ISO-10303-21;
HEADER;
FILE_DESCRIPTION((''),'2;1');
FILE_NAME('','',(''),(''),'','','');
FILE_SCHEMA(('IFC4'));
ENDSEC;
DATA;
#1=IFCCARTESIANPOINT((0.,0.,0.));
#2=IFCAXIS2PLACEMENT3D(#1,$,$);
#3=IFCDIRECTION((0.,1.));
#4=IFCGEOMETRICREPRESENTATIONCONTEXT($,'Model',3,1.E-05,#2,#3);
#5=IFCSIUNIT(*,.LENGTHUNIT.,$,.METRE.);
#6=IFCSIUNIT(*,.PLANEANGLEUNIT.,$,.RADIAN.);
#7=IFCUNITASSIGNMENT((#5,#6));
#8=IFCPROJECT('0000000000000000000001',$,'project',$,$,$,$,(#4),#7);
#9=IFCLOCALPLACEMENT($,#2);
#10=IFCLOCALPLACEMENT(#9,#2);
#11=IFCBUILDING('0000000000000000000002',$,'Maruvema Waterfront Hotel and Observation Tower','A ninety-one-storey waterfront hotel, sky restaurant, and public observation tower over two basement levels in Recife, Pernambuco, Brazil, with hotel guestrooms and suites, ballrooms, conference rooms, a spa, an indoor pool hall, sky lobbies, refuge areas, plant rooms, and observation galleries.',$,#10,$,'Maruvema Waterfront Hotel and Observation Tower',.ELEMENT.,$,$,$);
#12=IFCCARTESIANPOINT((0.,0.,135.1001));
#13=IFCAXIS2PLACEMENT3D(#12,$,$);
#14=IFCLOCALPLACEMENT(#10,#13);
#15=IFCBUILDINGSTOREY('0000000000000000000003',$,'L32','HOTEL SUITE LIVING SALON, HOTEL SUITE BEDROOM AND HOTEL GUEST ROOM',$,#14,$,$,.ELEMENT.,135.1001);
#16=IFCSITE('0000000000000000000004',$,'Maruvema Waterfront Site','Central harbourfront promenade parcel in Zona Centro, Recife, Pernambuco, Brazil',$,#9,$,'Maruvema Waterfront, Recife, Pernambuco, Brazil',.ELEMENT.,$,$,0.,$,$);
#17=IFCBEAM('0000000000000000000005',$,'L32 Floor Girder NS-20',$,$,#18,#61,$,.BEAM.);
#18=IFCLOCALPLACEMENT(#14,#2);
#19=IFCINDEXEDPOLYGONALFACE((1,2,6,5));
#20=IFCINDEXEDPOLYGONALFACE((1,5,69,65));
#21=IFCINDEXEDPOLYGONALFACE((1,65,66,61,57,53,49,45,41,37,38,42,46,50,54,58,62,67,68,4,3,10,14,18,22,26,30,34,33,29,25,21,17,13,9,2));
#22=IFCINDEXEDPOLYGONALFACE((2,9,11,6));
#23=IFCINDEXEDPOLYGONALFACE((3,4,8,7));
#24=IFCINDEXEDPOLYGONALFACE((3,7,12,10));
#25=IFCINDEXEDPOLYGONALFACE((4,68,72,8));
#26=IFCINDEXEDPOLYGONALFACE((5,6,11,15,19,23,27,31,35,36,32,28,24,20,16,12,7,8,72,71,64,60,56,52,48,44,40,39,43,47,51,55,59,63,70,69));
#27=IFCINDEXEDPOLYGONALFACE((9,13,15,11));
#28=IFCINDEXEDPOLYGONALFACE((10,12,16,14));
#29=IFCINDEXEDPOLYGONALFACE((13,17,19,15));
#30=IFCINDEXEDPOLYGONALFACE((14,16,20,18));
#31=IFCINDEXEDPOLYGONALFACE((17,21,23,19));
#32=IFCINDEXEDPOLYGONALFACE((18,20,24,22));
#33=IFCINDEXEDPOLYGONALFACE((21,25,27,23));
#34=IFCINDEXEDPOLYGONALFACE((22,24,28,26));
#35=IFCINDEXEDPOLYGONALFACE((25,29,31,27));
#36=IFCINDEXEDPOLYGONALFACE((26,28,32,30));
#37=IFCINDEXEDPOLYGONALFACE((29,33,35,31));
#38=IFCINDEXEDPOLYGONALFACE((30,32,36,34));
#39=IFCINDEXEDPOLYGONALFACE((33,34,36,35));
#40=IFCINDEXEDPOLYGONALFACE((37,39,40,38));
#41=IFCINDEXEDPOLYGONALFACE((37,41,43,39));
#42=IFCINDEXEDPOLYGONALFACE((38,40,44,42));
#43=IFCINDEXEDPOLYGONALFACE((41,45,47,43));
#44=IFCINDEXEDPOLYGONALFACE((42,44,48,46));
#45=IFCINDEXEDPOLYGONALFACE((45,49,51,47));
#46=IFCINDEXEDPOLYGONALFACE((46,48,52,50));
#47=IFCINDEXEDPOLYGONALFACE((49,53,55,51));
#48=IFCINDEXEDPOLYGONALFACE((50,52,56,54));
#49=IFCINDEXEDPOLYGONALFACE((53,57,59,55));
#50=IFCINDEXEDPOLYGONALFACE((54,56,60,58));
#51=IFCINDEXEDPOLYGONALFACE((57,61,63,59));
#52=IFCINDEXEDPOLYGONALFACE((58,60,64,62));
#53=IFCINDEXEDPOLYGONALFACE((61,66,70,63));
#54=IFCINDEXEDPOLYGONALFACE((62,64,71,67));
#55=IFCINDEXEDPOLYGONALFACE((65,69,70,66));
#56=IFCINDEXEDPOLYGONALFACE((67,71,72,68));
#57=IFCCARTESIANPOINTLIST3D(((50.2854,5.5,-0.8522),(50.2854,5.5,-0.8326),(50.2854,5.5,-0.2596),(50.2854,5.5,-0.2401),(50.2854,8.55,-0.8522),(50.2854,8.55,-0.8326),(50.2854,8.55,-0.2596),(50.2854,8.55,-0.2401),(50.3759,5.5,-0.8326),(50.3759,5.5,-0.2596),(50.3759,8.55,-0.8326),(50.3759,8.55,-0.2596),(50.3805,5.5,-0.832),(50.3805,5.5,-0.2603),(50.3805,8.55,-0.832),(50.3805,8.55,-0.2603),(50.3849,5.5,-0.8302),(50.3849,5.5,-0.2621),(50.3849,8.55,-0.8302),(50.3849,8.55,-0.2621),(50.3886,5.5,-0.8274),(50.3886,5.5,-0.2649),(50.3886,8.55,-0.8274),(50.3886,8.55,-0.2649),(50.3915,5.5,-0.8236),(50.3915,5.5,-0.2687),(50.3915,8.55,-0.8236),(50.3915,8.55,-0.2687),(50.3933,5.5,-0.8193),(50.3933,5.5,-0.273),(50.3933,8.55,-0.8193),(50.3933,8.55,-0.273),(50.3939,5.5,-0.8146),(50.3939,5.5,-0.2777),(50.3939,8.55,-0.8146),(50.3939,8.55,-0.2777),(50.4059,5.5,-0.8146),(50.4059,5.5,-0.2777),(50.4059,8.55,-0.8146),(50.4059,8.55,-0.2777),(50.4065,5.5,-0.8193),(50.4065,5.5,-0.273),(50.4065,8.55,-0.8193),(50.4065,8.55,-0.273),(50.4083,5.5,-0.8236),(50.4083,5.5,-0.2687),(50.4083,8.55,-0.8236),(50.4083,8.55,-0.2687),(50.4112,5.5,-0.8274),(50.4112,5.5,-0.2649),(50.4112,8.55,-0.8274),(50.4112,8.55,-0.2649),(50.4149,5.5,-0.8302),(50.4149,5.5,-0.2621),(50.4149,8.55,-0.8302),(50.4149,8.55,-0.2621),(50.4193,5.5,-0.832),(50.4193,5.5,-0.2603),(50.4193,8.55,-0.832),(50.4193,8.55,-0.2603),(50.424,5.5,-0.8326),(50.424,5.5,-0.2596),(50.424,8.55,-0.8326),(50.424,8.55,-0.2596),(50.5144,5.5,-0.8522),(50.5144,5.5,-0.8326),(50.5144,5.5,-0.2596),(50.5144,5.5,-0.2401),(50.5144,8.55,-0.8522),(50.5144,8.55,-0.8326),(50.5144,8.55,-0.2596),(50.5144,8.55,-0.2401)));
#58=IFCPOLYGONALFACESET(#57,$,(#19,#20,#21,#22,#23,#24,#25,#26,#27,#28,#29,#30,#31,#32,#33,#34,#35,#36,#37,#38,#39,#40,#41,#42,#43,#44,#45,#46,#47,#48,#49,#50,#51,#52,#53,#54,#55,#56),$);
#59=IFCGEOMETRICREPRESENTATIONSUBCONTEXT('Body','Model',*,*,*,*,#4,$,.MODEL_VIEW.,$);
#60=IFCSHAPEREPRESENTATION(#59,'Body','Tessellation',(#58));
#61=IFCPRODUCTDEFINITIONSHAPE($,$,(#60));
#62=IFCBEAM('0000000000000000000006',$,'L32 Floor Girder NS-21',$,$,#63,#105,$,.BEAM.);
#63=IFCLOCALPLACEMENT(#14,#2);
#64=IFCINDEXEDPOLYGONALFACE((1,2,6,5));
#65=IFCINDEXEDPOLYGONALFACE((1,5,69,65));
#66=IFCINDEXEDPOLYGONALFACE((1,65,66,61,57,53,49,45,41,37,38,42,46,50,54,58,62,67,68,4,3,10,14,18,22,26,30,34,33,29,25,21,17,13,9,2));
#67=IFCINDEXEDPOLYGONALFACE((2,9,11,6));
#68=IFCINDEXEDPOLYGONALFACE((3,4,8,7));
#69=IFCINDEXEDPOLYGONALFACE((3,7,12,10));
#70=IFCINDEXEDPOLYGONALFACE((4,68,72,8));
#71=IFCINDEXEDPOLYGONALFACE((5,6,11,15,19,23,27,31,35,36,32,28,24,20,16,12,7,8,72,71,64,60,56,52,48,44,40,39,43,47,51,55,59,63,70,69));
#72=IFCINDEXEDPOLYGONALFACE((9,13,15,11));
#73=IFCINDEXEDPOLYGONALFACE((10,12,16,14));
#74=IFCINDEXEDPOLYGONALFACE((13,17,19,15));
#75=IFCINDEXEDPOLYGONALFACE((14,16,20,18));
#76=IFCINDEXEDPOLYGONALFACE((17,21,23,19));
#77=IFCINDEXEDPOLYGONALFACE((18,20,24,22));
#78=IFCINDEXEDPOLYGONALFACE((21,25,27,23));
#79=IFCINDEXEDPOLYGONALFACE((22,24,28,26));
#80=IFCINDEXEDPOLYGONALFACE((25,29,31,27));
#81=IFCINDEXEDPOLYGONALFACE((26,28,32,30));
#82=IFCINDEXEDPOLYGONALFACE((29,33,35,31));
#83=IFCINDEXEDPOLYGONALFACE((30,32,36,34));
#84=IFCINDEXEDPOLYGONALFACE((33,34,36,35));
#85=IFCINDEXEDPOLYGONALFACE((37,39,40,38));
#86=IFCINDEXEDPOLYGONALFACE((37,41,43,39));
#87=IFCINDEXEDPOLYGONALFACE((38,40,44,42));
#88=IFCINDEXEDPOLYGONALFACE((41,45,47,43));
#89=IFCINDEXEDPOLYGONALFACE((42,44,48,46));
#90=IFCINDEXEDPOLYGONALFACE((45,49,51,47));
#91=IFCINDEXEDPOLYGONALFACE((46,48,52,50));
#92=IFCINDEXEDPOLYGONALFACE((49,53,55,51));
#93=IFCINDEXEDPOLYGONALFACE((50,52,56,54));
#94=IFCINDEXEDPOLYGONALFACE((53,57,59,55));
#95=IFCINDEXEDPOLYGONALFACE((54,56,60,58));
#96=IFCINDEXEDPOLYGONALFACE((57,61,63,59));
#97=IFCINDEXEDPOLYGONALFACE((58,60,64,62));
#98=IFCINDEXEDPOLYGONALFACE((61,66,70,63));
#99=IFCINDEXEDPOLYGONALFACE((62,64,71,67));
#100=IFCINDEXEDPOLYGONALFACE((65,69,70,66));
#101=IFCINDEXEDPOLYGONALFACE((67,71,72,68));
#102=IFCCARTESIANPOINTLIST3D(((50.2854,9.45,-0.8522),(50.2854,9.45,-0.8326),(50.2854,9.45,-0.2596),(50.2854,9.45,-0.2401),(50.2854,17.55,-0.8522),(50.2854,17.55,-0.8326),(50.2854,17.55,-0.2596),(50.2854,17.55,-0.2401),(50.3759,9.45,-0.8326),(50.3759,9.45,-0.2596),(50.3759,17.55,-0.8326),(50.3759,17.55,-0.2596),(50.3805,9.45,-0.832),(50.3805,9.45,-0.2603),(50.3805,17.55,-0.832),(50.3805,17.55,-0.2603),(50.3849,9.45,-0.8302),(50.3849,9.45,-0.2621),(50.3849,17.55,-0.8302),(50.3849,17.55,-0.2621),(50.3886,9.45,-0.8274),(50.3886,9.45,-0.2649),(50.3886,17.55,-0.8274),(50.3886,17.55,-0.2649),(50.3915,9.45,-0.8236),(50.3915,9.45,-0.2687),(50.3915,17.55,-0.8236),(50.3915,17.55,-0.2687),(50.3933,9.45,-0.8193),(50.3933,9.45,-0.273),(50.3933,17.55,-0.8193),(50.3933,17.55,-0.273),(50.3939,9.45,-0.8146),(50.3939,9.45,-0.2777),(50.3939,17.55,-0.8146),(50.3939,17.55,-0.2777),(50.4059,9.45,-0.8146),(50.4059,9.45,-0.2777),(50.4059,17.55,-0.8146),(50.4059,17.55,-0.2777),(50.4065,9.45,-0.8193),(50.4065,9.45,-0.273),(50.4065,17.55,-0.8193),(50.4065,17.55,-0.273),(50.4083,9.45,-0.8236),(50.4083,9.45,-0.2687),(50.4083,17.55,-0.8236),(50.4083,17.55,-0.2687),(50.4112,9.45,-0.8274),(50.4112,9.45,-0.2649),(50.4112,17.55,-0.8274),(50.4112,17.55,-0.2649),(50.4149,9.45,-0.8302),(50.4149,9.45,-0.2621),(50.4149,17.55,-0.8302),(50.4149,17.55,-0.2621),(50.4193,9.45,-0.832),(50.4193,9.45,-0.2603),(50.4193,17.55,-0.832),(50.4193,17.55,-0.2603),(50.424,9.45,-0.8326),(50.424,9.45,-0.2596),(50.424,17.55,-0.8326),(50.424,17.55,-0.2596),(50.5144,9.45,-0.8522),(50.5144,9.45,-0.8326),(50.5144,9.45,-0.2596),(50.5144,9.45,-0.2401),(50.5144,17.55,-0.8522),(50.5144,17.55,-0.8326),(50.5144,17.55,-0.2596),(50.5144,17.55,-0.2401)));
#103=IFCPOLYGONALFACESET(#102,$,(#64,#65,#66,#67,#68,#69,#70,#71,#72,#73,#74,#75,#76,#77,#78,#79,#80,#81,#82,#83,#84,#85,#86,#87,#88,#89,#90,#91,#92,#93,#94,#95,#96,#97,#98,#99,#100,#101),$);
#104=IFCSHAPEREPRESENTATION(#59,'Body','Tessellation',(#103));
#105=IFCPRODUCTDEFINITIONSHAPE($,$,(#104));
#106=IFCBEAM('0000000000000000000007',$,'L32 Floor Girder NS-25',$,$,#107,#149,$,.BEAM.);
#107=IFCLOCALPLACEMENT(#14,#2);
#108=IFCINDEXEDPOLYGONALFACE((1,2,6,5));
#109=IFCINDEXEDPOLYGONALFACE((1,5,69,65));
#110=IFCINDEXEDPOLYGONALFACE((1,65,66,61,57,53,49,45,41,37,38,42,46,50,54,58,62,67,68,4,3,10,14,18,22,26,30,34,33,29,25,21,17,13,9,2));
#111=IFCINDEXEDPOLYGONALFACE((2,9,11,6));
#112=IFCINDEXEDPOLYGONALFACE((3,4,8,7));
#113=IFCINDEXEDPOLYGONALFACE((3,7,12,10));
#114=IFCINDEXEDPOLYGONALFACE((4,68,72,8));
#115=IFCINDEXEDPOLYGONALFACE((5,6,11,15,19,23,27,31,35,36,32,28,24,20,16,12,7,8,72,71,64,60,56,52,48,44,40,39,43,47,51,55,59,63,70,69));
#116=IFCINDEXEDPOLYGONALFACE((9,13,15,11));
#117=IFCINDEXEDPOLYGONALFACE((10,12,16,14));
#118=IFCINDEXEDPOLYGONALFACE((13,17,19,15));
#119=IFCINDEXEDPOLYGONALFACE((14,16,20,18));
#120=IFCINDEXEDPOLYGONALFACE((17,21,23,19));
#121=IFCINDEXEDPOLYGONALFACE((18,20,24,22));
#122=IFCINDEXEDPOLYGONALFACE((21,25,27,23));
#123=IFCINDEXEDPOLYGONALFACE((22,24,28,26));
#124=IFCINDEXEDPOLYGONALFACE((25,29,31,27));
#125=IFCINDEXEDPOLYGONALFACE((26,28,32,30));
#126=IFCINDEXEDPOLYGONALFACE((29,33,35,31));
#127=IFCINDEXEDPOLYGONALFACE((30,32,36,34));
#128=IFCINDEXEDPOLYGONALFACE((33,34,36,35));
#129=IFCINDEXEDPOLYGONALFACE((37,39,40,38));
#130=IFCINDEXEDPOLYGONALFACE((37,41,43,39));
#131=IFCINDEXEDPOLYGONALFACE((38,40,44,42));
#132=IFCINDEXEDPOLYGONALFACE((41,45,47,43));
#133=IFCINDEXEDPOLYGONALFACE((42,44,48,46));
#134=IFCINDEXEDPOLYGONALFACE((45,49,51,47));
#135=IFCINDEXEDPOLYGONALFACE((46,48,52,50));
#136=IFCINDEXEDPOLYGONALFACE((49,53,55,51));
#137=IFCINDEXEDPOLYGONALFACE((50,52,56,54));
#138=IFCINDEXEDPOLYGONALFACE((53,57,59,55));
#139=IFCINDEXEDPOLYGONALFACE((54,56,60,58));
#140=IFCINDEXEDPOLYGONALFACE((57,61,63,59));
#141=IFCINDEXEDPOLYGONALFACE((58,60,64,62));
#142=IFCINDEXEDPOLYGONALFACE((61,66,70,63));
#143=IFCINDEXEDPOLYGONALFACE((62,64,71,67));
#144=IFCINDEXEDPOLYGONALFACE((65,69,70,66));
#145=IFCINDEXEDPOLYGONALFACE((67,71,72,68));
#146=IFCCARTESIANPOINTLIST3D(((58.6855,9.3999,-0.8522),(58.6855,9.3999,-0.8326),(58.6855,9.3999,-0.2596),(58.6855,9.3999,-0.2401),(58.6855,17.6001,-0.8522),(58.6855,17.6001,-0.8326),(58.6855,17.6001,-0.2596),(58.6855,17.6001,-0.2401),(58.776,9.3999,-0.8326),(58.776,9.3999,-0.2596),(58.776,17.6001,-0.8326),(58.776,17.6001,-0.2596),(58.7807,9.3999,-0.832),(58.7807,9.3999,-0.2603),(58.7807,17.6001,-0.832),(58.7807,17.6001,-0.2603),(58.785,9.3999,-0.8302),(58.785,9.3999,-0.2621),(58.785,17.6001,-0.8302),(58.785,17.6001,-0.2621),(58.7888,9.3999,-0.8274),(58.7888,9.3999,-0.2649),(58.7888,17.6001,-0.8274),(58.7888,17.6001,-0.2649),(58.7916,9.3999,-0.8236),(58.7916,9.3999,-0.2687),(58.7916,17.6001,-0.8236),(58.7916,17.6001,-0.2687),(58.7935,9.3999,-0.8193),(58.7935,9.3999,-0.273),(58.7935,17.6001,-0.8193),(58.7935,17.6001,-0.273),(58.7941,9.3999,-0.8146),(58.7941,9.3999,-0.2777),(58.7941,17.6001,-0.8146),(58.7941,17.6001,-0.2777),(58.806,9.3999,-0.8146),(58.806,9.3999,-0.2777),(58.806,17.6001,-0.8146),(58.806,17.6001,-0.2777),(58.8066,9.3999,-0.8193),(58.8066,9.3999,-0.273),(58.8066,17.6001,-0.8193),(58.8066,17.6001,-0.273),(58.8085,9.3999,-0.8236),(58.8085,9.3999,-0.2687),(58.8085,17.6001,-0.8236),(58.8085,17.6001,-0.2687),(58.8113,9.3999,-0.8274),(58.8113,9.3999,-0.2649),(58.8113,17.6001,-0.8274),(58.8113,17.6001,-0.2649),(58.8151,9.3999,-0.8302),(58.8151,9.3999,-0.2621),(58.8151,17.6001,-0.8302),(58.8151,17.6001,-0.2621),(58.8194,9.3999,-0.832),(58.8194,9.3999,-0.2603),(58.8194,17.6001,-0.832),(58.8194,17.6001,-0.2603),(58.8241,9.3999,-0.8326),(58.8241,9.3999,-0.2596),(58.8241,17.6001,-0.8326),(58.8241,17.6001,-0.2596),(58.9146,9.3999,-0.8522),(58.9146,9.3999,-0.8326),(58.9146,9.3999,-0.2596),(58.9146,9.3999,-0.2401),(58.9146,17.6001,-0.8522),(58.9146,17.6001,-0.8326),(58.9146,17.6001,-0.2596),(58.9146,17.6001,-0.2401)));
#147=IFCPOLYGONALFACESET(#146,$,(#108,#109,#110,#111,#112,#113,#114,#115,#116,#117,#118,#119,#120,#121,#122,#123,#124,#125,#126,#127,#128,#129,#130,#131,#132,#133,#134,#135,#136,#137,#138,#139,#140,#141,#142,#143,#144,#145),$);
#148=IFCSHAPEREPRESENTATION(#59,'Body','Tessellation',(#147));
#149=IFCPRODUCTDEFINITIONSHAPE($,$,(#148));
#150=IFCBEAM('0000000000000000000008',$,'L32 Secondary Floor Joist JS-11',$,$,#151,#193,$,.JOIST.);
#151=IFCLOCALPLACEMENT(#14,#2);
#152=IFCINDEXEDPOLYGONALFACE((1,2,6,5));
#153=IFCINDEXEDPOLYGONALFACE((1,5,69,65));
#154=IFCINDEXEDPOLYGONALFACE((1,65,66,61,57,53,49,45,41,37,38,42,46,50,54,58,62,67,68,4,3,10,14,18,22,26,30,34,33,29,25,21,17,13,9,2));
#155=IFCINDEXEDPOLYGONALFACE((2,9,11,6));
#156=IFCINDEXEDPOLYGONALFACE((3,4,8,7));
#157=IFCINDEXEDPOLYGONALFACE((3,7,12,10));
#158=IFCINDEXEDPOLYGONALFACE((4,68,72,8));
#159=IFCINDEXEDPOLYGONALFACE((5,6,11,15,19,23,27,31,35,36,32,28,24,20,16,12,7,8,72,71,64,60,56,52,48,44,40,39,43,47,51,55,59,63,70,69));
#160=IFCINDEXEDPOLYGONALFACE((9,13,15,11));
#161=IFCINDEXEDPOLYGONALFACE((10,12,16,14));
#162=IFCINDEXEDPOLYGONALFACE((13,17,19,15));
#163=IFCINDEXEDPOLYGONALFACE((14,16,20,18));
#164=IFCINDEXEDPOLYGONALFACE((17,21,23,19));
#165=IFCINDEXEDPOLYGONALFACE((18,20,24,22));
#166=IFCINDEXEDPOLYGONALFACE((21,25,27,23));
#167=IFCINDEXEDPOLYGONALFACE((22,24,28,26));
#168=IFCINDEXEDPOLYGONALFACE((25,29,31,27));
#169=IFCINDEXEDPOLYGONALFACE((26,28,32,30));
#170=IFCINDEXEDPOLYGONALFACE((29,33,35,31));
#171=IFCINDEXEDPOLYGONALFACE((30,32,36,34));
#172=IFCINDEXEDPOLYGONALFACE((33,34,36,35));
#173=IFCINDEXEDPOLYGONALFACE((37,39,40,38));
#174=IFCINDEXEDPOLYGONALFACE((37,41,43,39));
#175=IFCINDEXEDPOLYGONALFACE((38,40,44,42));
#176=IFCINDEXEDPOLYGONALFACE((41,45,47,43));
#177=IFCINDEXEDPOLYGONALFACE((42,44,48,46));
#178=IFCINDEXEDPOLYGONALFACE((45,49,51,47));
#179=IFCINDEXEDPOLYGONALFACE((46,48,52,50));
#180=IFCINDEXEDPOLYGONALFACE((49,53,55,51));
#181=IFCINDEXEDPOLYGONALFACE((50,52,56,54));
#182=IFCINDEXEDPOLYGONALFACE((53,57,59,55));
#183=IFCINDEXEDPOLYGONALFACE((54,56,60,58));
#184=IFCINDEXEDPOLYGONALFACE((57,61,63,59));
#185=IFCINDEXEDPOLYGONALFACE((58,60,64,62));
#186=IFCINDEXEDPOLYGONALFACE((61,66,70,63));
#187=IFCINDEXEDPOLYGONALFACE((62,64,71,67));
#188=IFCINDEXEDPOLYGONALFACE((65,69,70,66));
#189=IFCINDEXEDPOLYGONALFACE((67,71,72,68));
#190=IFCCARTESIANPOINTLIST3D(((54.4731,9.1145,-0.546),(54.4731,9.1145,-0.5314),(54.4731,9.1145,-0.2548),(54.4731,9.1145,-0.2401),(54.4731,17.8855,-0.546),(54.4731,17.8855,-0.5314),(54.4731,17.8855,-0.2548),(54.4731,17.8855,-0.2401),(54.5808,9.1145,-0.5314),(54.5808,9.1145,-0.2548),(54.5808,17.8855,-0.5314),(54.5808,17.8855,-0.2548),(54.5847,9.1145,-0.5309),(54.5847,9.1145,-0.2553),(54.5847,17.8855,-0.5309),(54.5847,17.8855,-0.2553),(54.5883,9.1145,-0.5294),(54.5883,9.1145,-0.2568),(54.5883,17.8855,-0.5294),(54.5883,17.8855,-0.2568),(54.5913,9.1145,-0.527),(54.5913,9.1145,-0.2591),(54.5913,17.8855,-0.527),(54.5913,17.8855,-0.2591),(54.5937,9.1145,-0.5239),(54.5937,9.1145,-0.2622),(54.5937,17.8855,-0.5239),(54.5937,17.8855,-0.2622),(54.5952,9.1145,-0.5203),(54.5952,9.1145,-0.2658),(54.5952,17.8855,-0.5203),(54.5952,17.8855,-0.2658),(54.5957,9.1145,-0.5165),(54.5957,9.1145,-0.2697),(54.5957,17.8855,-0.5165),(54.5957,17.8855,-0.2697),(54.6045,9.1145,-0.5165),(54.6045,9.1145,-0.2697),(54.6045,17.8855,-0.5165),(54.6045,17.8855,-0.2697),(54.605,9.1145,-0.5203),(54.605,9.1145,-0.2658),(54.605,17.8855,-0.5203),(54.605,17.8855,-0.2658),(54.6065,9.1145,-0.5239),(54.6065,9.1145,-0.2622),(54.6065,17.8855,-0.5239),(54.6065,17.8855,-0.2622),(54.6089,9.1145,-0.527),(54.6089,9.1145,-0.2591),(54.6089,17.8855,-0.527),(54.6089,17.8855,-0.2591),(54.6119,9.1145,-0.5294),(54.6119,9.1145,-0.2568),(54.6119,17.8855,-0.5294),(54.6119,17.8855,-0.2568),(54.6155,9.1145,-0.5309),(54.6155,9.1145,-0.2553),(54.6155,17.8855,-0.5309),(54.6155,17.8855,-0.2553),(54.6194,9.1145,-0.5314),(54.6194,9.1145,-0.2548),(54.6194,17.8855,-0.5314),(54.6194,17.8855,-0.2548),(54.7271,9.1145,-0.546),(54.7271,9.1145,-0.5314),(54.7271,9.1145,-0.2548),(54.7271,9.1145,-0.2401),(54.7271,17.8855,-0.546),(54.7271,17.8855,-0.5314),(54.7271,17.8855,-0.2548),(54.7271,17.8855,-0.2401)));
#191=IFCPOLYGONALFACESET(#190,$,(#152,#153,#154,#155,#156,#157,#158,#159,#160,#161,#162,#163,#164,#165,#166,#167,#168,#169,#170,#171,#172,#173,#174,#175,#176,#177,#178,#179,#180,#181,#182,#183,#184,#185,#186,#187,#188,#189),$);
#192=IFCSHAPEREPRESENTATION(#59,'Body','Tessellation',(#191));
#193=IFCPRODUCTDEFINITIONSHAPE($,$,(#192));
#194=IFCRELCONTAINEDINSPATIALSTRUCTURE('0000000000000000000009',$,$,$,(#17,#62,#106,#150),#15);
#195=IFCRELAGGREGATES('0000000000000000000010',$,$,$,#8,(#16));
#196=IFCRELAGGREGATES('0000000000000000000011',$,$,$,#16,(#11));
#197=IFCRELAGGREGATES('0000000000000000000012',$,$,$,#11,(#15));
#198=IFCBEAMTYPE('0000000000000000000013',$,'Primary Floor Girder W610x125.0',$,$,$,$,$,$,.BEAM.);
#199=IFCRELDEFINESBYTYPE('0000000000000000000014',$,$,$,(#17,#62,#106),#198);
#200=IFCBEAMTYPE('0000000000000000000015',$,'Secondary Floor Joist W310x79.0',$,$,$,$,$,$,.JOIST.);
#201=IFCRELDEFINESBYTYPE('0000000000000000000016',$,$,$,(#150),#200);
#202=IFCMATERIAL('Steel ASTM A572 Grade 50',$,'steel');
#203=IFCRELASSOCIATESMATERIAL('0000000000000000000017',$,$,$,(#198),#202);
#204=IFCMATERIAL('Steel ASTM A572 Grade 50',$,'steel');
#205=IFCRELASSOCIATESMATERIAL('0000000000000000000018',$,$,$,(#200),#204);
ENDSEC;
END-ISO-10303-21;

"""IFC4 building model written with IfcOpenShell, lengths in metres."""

from ifc_helpers import new_model, si_unit, direction, frame, origin, origin_2d, place, context, subcontext, project, spatial, i_section, extrude, material, material_profile, profile_set, type_object, element, save


model = new_model("IFC4")

# Units and contexts
model_context = context("Model", 3, precision=1e-05, world=origin(), true_north=direction((0.0, 1.0)))
body_context = subcontext(model_context, "Body", "Model", "MODEL_VIEW")
ifc_project = project(units=[si_unit("LENGTHUNIT", "METRE"), si_unit("PLANEANGLEUNIT", "RADIAN")], contexts=[model_context])

# Site, building, storey
site_placement = place(None, origin())
site = spatial("IfcSite", under=ifc_project, at=site_placement, Name="Maruvema Waterfront Site", Description="Central harbourfront promenade parcel in Zona Centro, Recife, Pernambuco, Brazil", LongName="Maruvema Waterfront, Recife, Pernambuco, Brazil", CompositionType="ELEMENT", RefElevation=0.0)
building_placement = place(site_placement, origin())
building = spatial("IfcBuilding", under=site, at=building_placement, Name="Maruvema Waterfront Hotel and Observation Tower", Description="A ninety-one-storey waterfront hotel, sky restaurant, and public observation tower over two basement levels in Recife, Pernambuco, Brazil, with hotel guestrooms and suites, ballrooms, conference rooms, a spa, an indoor pool hall, sky lobbies, refuge areas, plant rooms, and observation galleries.", LongName="Maruvema Waterfront Hotel and Observation Tower", CompositionType="ELEMENT")
storey_placement = place(building_placement, frame((0.0, 0.0, 135.1001)))
storey = spatial("IfcBuildingStorey", under=building, at=storey_placement, Name="L32", Description="HOTEL SUITE LIVING SALON, HOTEL SUITE BEDROOM AND HOTEL GUEST ROOM", CompositionType="ELEMENT", Elevation=135.1001)

# Beams
ifc_material_1 = material(Name="Steel ASTM A572 Grade 50", Category="steel")
ifc_material_profile_1 = material_profile(ifc_material_1, i_section(OverallWidth=0.229, OverallDepth=0.6121, WebThickness=0.012, FlangeThickness=0.0195, FilletRadius=0.0181, at=origin_2d()), Name="W610x125.0")
ifc_profile_set_1 = profile_set([ifc_material_profile_1], Name="Steel ASTM A572 Grade 50")
beam_type_1 = type_object("IfcBeamType", Name="Primary Floor Girder W610x125.0", PredefinedType="BEAM", material=ifc_profile_set_1)
beam_1_placement = place(storey_placement, frame((50.3999, 5.5, -0.5461), z_axis=(0.0, 1.0, 0.0), x_axis=(-1.0, 0.0, 0.0)))
element("IfcBeam", 1, at=beam_1_placement, inside=storey, type_object=beam_type_1, Name="L32 Floor Girder NS-20", PredefinedType="BEAM", context=body_context, shape_type="SweptSolid", body=[
    extrude(i_section(OverallWidth=0.229, OverallDepth=0.6121, WebThickness=0.012, FlangeThickness=0.0195, FilletRadius=0.0181, at=origin_2d()), origin(), (0.0, 0.0, 1.0), 3.05),
])
beam_2_placement = place(storey_placement, frame((50.3999, 9.45, -0.5461), z_axis=(0.0, 1.0, 0.0), x_axis=(-1.0, 0.0, 0.0)))
element("IfcBeam", 2, at=beam_2_placement, inside=storey, type_object=beam_type_1, Name="L32 Floor Girder NS-21", PredefinedType="BEAM", context=body_context, shape_type="SweptSolid", body=[
    extrude(i_section(OverallWidth=0.229, OverallDepth=0.6121, WebThickness=0.012, FlangeThickness=0.0195, FilletRadius=0.0181, at=origin_2d()), origin(), (0.0, 0.0, 1.0), 8.1001),
])
beam_3_placement = place(storey_placement, frame((58.8, 9.3999, -0.5461), z_axis=(0.0, 1.0, 0.0), x_axis=(-1.0, 0.0, 0.0)))
element("IfcBeam", 3, at=beam_3_placement, inside=storey, type_object=beam_type_1, Name="L32 Floor Girder NS-25", PredefinedType="BEAM", context=body_context, shape_type="SweptSolid", body=[
    extrude(i_section(OverallWidth=0.229, OverallDepth=0.6121, WebThickness=0.012, FlangeThickness=0.0195, FilletRadius=0.0181, at=origin_2d()), origin(), (0.0, 0.0, 1.0), 8.2002),
])
ifc_material_2 = material(Name="Steel ASTM A572 Grade 50", Category="steel")
ifc_material_profile_2 = material_profile(ifc_material_2, i_section(OverallWidth=0.2539, OverallDepth=0.3059, WebThickness=0.0088, FlangeThickness=0.0146, FilletRadius=0.0149, at=origin_2d()), Name="W310x79.0")
ifc_profile_set_2 = profile_set([ifc_material_profile_2], Name="Steel ASTM A572 Grade 50")
beam_type_2 = type_object("IfcBeamType", Name="Secondary Floor Joist W310x79.0", PredefinedType="JOIST", material=ifc_profile_set_2)
beam_4_placement = place(storey_placement, frame((54.6001, 9.1145, -0.3931), z_axis=(0.0, 1.0, 0.0), x_axis=(-1.0, 0.0, 0.0)))
element("IfcBeam", 4, at=beam_4_placement, inside=storey, type_object=beam_type_2, Name="L32 Secondary Floor Joist JS-11", PredefinedType="JOIST", context=body_context, shape_type="SweptSolid", body=[
    extrude(i_section(OverallWidth=0.2539, OverallDepth=0.3059, WebThickness=0.0088, FlangeThickness=0.0146, FilletRadius=0.0149, at=origin_2d()), origin(), (0.0, 0.0, 1.0), 8.771),
])

save(model, "model.ifc")
